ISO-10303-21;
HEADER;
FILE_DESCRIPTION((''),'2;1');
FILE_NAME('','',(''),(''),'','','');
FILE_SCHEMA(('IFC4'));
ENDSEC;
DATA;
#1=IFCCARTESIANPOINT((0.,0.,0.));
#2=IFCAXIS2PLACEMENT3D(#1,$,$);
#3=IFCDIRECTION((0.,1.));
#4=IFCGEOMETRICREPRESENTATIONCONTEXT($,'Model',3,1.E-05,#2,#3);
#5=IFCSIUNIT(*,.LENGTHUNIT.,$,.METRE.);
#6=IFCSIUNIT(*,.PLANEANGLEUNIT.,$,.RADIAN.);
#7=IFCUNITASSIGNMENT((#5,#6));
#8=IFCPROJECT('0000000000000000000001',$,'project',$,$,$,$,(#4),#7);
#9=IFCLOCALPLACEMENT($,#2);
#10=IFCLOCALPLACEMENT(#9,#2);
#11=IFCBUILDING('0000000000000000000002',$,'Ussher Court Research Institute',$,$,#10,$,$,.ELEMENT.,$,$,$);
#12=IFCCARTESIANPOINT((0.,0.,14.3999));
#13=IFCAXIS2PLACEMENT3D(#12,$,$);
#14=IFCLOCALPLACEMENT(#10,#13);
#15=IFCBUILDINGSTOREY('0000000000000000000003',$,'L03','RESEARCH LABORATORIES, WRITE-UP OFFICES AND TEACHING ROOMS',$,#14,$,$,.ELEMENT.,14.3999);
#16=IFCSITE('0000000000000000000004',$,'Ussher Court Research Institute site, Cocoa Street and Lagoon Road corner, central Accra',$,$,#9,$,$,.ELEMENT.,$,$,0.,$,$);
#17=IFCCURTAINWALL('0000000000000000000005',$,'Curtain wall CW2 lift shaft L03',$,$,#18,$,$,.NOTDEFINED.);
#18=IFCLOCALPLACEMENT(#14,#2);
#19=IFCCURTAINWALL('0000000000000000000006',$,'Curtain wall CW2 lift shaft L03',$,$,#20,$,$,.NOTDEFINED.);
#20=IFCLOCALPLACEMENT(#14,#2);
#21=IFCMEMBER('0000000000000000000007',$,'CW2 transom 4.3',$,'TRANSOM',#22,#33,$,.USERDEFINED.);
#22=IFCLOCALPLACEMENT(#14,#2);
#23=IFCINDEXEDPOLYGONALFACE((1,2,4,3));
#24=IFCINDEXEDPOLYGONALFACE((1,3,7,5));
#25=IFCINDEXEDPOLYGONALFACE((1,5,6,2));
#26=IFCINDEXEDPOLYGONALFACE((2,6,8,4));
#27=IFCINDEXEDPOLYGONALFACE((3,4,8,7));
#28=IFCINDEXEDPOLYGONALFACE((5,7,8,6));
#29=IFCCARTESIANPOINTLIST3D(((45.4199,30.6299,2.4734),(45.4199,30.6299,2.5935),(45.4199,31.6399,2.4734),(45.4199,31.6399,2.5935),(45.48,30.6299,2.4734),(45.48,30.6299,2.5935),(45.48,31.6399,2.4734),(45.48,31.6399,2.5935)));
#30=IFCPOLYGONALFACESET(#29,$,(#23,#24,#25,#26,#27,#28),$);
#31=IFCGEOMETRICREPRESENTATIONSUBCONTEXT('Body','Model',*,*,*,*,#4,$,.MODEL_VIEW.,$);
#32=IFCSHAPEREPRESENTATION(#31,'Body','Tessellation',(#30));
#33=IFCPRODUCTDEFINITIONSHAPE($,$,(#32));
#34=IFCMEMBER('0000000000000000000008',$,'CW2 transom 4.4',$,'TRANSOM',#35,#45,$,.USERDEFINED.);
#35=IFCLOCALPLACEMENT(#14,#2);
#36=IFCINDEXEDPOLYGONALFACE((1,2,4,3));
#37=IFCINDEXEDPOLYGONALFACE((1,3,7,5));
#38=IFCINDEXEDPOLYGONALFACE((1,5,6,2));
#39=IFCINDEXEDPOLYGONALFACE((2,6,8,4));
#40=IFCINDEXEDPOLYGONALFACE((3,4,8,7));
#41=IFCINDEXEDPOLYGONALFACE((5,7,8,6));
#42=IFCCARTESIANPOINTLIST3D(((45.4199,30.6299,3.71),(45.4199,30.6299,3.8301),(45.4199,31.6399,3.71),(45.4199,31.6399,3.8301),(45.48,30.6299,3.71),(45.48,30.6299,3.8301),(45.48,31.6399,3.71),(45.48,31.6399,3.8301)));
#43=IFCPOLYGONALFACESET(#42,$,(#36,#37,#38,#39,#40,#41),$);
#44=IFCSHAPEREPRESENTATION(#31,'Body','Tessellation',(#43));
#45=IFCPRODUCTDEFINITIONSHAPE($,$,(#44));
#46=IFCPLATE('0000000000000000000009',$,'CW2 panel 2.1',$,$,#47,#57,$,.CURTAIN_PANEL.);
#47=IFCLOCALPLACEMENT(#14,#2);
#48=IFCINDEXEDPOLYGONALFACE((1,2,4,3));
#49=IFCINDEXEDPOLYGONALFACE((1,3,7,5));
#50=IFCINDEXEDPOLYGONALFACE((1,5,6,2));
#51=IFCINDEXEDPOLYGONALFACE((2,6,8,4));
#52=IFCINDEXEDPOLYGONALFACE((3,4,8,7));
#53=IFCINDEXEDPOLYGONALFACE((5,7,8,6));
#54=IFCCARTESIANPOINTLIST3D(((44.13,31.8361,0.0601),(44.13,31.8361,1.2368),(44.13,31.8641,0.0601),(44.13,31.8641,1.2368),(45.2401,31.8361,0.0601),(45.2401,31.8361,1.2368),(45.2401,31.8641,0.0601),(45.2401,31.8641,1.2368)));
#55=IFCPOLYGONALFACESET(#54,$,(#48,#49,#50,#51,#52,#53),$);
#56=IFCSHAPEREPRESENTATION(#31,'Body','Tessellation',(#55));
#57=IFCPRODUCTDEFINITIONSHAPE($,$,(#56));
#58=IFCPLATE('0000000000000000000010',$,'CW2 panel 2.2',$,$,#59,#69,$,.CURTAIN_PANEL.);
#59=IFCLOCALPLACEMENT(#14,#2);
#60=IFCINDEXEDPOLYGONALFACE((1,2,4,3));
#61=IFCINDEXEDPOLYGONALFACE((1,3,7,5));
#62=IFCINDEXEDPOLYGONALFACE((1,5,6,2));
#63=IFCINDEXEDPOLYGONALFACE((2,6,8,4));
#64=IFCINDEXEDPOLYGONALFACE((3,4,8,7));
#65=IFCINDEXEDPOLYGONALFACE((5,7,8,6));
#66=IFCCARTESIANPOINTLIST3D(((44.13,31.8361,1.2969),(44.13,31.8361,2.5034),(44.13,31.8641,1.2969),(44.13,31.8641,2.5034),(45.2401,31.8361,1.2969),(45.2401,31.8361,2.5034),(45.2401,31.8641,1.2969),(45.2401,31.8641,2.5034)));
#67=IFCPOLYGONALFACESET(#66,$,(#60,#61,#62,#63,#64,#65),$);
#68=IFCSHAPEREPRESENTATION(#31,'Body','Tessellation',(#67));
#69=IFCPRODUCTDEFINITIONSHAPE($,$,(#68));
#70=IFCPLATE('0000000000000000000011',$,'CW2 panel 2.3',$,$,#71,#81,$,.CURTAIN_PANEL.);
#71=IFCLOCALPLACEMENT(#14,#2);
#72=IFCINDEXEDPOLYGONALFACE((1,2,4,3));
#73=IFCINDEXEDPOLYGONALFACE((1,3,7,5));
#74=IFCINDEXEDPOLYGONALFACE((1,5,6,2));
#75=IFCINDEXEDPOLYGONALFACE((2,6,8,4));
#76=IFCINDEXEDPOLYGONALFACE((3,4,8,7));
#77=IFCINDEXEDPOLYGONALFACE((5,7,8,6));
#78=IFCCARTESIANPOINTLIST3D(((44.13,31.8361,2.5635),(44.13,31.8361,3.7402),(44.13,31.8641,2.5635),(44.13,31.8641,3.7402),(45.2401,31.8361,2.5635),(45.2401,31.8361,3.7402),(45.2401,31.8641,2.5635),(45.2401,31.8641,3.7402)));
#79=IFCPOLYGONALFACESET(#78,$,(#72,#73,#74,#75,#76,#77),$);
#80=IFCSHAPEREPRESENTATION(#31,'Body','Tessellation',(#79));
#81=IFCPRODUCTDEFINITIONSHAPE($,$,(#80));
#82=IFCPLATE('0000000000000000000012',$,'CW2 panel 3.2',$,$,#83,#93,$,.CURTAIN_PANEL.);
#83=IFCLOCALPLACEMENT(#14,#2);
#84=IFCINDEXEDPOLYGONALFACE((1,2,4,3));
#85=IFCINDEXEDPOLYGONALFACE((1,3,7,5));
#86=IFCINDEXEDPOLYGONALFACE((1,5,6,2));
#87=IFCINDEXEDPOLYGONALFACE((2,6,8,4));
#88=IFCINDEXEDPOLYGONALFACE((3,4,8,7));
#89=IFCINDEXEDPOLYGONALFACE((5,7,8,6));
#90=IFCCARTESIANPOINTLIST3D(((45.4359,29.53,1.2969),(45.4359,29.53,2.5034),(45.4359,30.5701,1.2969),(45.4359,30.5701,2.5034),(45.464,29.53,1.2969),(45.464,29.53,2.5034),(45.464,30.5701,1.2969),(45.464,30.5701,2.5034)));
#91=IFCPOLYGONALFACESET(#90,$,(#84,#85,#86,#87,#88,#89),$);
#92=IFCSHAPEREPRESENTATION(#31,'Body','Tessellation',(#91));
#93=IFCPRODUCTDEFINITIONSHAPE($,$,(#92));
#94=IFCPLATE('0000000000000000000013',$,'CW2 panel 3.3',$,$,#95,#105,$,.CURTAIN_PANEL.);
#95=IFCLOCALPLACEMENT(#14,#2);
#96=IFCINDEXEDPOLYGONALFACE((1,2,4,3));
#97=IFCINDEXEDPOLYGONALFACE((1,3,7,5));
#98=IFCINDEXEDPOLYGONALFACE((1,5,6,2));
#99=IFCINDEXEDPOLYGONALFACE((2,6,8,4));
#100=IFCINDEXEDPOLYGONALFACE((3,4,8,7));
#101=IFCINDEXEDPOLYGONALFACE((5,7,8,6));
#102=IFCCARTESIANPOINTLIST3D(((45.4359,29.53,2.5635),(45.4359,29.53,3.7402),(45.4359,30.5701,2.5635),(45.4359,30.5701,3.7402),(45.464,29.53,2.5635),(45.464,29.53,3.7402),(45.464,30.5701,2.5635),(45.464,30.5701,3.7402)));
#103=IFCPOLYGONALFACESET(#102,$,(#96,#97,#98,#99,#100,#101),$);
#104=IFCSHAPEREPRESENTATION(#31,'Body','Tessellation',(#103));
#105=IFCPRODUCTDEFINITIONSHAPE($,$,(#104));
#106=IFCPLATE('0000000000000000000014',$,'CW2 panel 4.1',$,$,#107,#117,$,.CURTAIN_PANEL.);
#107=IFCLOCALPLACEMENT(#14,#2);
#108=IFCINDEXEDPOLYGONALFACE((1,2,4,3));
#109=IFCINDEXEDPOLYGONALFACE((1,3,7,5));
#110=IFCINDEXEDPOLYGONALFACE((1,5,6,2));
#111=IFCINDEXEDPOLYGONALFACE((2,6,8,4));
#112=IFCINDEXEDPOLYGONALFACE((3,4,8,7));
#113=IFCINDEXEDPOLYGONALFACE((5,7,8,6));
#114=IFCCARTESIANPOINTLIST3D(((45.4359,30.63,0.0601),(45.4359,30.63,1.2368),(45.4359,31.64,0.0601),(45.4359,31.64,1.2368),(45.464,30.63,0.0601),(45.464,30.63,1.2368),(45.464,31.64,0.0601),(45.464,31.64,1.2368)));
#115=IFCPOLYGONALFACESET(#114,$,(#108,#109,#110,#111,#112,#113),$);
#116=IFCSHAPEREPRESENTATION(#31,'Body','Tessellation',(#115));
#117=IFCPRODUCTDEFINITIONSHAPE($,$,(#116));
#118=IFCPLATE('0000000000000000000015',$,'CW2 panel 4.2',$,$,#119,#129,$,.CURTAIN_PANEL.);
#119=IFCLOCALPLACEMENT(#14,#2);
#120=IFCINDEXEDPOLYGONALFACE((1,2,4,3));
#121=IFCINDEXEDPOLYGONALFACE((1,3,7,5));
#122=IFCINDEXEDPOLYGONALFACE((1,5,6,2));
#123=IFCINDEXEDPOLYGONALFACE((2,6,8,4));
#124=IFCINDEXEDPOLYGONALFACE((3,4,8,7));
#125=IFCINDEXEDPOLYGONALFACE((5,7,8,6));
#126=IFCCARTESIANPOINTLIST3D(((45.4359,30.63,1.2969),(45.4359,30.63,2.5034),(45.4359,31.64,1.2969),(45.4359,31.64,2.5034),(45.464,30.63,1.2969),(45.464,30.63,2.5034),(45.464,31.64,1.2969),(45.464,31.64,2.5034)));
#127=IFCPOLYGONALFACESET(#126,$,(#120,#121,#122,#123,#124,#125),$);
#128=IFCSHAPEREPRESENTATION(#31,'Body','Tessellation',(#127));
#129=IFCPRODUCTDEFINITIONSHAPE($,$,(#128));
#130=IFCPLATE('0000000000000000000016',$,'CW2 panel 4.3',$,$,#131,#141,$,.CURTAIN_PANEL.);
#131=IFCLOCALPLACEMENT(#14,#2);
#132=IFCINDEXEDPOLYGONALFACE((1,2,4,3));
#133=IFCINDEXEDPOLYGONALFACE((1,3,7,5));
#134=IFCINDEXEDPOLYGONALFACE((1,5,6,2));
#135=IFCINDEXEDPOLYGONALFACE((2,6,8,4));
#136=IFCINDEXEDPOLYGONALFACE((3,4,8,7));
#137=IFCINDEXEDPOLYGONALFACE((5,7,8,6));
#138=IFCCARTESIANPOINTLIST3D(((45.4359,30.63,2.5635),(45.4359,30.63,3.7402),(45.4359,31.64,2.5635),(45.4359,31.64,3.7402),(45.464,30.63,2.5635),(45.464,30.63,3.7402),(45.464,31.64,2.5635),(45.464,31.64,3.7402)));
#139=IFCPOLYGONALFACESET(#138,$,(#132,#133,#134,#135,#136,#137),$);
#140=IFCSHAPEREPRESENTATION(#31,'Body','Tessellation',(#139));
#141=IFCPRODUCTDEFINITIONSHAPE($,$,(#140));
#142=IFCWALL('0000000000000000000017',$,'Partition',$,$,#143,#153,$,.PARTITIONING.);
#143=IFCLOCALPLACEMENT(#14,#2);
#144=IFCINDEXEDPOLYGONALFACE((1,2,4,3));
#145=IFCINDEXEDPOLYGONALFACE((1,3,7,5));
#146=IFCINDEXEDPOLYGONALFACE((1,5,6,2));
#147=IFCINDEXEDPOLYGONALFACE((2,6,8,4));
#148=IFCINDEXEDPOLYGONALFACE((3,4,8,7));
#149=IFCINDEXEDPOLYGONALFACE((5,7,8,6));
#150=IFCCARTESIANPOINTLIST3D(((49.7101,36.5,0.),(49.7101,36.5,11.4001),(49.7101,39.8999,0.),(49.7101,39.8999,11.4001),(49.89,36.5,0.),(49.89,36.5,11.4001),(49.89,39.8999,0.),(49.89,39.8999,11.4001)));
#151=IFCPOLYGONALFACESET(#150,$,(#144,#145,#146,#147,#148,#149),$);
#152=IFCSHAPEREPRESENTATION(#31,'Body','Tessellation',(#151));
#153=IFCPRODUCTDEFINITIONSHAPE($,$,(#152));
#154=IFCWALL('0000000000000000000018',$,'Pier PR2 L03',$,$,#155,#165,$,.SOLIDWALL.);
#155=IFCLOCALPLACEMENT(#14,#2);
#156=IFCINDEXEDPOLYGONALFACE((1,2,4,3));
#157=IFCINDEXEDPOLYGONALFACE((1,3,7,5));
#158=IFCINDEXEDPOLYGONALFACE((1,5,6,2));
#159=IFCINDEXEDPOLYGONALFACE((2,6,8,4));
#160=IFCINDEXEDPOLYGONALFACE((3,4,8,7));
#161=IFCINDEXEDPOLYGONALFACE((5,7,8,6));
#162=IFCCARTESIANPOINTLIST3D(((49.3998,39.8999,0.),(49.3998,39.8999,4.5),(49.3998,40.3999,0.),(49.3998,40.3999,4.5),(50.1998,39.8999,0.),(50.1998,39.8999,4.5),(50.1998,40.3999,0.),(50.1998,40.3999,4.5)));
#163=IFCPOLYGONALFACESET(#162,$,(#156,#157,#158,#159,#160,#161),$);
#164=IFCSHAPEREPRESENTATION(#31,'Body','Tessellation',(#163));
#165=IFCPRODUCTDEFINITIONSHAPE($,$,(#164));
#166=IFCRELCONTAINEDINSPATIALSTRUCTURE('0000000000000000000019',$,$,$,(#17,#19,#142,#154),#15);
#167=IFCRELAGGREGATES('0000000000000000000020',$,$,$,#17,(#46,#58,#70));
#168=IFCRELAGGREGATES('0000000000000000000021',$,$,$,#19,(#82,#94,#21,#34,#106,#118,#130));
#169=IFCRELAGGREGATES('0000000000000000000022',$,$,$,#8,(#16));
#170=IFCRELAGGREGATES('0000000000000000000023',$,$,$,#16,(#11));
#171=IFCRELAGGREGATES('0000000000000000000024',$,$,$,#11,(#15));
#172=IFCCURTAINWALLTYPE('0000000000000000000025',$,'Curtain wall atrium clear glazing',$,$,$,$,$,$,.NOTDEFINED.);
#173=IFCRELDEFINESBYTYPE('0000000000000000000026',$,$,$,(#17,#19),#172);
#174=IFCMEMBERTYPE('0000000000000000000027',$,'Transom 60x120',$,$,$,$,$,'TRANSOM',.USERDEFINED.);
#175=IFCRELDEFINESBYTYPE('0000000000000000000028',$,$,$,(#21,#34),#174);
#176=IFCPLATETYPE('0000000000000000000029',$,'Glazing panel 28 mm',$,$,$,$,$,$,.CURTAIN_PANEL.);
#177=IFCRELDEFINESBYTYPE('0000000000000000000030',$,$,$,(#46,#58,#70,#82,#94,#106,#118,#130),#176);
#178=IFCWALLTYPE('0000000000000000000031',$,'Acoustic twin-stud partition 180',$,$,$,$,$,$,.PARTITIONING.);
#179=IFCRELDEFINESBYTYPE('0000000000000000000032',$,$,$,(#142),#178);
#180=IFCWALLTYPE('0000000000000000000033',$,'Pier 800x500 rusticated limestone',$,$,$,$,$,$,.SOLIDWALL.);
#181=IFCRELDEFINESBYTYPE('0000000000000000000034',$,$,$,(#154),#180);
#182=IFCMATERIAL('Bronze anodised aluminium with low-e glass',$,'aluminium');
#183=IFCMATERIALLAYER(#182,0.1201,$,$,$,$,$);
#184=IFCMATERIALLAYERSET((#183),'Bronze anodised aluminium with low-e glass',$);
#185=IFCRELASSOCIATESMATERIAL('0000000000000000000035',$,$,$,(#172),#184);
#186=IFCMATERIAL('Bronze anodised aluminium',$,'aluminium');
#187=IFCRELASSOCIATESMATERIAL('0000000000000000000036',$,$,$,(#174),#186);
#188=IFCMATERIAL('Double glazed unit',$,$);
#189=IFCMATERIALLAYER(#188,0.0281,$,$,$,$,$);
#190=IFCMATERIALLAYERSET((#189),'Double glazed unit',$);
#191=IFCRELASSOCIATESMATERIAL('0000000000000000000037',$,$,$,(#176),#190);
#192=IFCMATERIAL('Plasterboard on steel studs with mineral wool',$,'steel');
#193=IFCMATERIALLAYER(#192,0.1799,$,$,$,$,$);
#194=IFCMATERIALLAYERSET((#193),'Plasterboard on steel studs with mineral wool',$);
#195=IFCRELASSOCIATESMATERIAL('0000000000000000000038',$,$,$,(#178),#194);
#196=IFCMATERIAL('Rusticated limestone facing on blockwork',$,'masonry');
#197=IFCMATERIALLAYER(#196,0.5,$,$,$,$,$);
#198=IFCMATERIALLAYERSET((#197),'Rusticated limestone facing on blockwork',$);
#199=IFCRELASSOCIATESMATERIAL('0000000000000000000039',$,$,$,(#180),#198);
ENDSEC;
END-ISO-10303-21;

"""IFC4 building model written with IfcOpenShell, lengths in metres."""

from ifc_helpers import new_model, si_unit, direction, frame, frame_2d, origin, origin_2d, place, context, subcontext, project, spatial, rectangle, extrude, material, layer, layer_set, material_profile, profile_set, type_object, element, aggregate, save


model = new_model("IFC4")

# Units and contexts
model_context = context("Model", 3, precision=1e-05, world=origin(), true_north=direction((0.0, 1.0)))
body_context = subcontext(model_context, "Body", "Model", "MODEL_VIEW")
ifc_project = project(units=[si_unit("LENGTHUNIT", "METRE"), si_unit("PLANEANGLEUNIT", "RADIAN")], contexts=[model_context])

# Site, building, storey
site_placement = place(None, origin())
site = spatial("IfcSite", under=ifc_project, at=site_placement, Name="Ussher Court Research Institute site, Cocoa Street and Lagoon Road corner, central Accra", CompositionType="ELEMENT", RefElevation=0.0)
building_placement = place(site_placement, origin())
building = spatial("IfcBuilding", under=site, at=building_placement, Name="Ussher Court Research Institute", CompositionType="ELEMENT")
storey_placement = place(building_placement, frame((0.0, 0.0, 14.3999)))
storey = spatial("IfcBuildingStorey", under=building, at=storey_placement, Name="L03", Description="RESEARCH LABORATORIES, WRITE-UP OFFICES AND TEACHING ROOMS", CompositionType="ELEMENT", Elevation=14.3999)

# Curtain walls
ifc_material_1 = material(Name="Bronze anodised aluminium with low-e glass", Category="aluminium")
ifc_layer_1 = layer(ifc_material_1, 0.1201)
ifc_layer_set_1 = layer_set([ifc_layer_1], Name="Bronze anodised aluminium with low-e glass")
curtain_wall_type = type_object("IfcCurtainWallType", Name="Curtain wall atrium clear glazing", PredefinedType="NOTDEFINED", material=ifc_layer_set_1)
curtain_wall_1_placement = place(storey_placement, origin())
curtain_wall_1 = element("IfcCurtainWall", 1, at=curtain_wall_1_placement, inside=storey, type_object=curtain_wall_type, Name="Curtain wall CW2 lift shaft L03", PredefinedType="NOTDEFINED")
curtain_wall_2_placement = place(storey_placement, origin())
curtain_wall_2 = element("IfcCurtainWall", 2, at=curtain_wall_2_placement, inside=storey, type_object=curtain_wall_type, Name="Curtain wall CW2 lift shaft L03", PredefinedType="NOTDEFINED")

# Members
ifc_material_2 = material(Name="Bronze anodised aluminium", Category="aluminium")
ifc_material_profile_1 = material_profile(ifc_material_2, rectangle(XDim=0.0601, YDim=0.1201, at=origin_2d()), Name="Transom 60x120")
ifc_profile_set_1 = profile_set([ifc_material_profile_1], Name="Bronze anodised aluminium")
member_type_1 = type_object("IfcMemberType", Name="Transom 60x120", ElementType="TRANSOM", PredefinedType="USERDEFINED", material=ifc_profile_set_1)
member_1_placement = place(storey_placement, frame((45.45, 30.6299, 2.5334), z_axis=(0.0, 1.0, 0.0), x_axis=(-1.0, 0.0, 0.0)))
member_1 = element("IfcMember", 3, at=member_1_placement, type_object=member_type_1, Name="CW2 transom 4.3", ObjectType="TRANSOM", PredefinedType="USERDEFINED", context=body_context, shape_type="SweptSolid", body=[
    extrude(rectangle(XDim=0.0601, YDim=0.1201, at=origin_2d()), origin(), (0.0, 0.0, 1.0), 1.01),
])
member_2_placement = place(storey_placement, frame((45.45, 30.6299, 3.77), z_axis=(0.0, 1.0, 0.0), x_axis=(-1.0, 0.0, 0.0)))
member_2 = element("IfcMember", 4, at=member_2_placement, type_object=member_type_1, Name="CW2 transom 4.4", ObjectType="TRANSOM", PredefinedType="USERDEFINED", context=body_context, shape_type="SweptSolid", body=[
    extrude(rectangle(XDim=0.0601, YDim=0.1201, at=origin_2d()), origin(), (0.0, 0.0, 1.0), 1.01),
])

# Plates
ifc_material_3 = material(Name="Double glazed unit")
ifc_layer_2 = layer(ifc_material_3, 0.0281)
ifc_layer_set_2 = layer_set([ifc_layer_2], Name="Double glazed unit")
plate_type = type_object("IfcPlateType", Name="Glazing panel 28 mm", PredefinedType="CURTAIN_PANEL", material=ifc_layer_set_2)
plate_1_placement = place(storey_placement, frame((44.6851, 31.8501, 0.0601), z_axis=(0.0, 0.0, 1.0), x_axis=(1.0, 0.0, 0.0)))
plate_1 = element("IfcPlate", 5, at=plate_1_placement, type_object=plate_type, Name="CW2 panel 2.1", PredefinedType="CURTAIN_PANEL", context=body_context, shape_type="SweptSolid", body=[
    extrude(rectangle(XDim=1.1101, YDim=0.0281, at=origin_2d()), origin(), (0.0, 0.0, 1.0), 1.1768),
])
plate_2_placement = place(storey_placement, frame((44.6851, 31.8501, 1.2969), z_axis=(0.0, 0.0, 1.0), x_axis=(1.0, 0.0, 0.0)))
plate_2 = element("IfcPlate", 6, at=plate_2_placement, type_object=plate_type, Name="CW2 panel 2.2", PredefinedType="CURTAIN_PANEL", context=body_context, shape_type="SweptSolid", body=[
    extrude(rectangle(XDim=1.1101, YDim=0.0281, at=origin_2d()), origin(), (0.0, 0.0, 1.0), 1.2065),
])
plate_3_placement = place(storey_placement, frame((44.6851, 31.8501, 2.5635), z_axis=(0.0, 0.0, 1.0), x_axis=(1.0, 0.0, 0.0)))
plate_3 = element("IfcPlate", 7, at=plate_3_placement, type_object=plate_type, Name="CW2 panel 2.3", PredefinedType="CURTAIN_PANEL", context=body_context, shape_type="SweptSolid", body=[
    extrude(rectangle(XDim=1.1101, YDim=0.0281, at=origin_2d()), origin(), (0.0, 0.0, 1.0), 1.1768),
])
aggregate(curtain_wall_1, [plate_1, plate_2, plate_3])
plate_4_placement = place(storey_placement, frame((45.45, 30.05, 1.2969), z_axis=(0.0, 0.0, 1.0), x_axis=(0.0, 1.0, 0.0)))
plate_4 = element("IfcPlate", 8, at=plate_4_placement, type_object=plate_type, Name="CW2 panel 3.2", PredefinedType="CURTAIN_PANEL", context=body_context, shape_type="SweptSolid", body=[
    extrude(rectangle(XDim=1.04, YDim=0.0281, at=origin_2d()), origin(), (0.0, 0.0, 1.0), 1.2065),
])
plate_5_placement = place(storey_placement, frame((45.45, 30.05, 2.5635), z_axis=(0.0, 0.0, 1.0), x_axis=(0.0, 1.0, 0.0)))
plate_5 = element("IfcPlate", 9, at=plate_5_placement, type_object=plate_type, Name="CW2 panel 3.3", PredefinedType="CURTAIN_PANEL", context=body_context, shape_type="SweptSolid", body=[
    extrude(rectangle(XDim=1.04, YDim=0.0281, at=origin_2d()), origin(), (0.0, 0.0, 1.0), 1.1768),
])
plate_6_placement = place(storey_placement, frame((45.45, 31.135, 0.0601), z_axis=(0.0, 0.0, 1.0), x_axis=(0.0, 1.0, 0.0)))
plate_6 = element("IfcPlate", 10, at=plate_6_placement, type_object=plate_type, Name="CW2 panel 4.1", PredefinedType="CURTAIN_PANEL", context=body_context, shape_type="SweptSolid", body=[
    extrude(rectangle(XDim=1.01, YDim=0.0281, at=origin_2d()), origin(), (0.0, 0.0, 1.0), 1.1768),
])
plate_7_placement = place(storey_placement, frame((45.45, 31.135, 1.2969), z_axis=(0.0, 0.0, 1.0), x_axis=(0.0, 1.0, 0.0)))
plate_7 = element("IfcPlate", 11, at=plate_7_placement, type_object=plate_type, Name="CW2 panel 4.2", PredefinedType="CURTAIN_PANEL", context=body_context, shape_type="SweptSolid", body=[
    extrude(rectangle(XDim=1.01, YDim=0.0281, at=origin_2d()), origin(), (0.0, 0.0, 1.0), 1.2065),
])
plate_8_placement = place(storey_placement, frame((45.45, 31.135, 2.5635), z_axis=(0.0, 0.0, 1.0), x_axis=(0.0, 1.0, 0.0)))
plate_8 = element("IfcPlate", 12, at=plate_8_placement, type_object=plate_type, Name="CW2 panel 4.3", PredefinedType="CURTAIN_PANEL", context=body_context, shape_type="SweptSolid", body=[
    extrude(rectangle(XDim=1.01, YDim=0.0281, at=origin_2d()), origin(), (0.0, 0.0, 1.0), 1.1768),
])
aggregate(curtain_wall_2, [plate_4, plate_5, member_1, member_2, plate_6, plate_7, plate_8])

# Walls
ifc_material_4 = material(Name="Plasterboard on steel studs with mineral wool", Category="steel")
ifc_layer_3 = layer(ifc_material_4, 0.1799)
ifc_layer_set_3 = layer_set([ifc_layer_3], Name="Plasterboard on steel studs with mineral wool")
wall_type_1 = type_object("IfcWallType", Name="Acoustic twin-stud partition 180", PredefinedType="PARTITIONING", material=ifc_layer_set_3)
wall_1_placement = place(storey_placement, frame((49.8, 36.5, 0.0), z_axis=(0.0, 0.0, 1.0), x_axis=(0.0, 1.0, 0.0)))
element("IfcWall", 13, at=wall_1_placement, inside=storey, type_object=wall_type_1, Name="Partition", PredefinedType="PARTITIONING", context=body_context, shape_type="SweptSolid", body=[
    extrude(rectangle(XDim=3.3999, YDim=0.1799, at=frame_2d((1.7, 0.0))), origin(), (0.0, 0.0, 1.0), 11.4001),
])
ifc_material_5 = material(Name="Rusticated limestone facing on blockwork", Category="masonry")
ifc_layer_4 = layer(ifc_material_5, 0.5)
ifc_layer_set_4 = layer_set([ifc_layer_4], Name="Rusticated limestone facing on blockwork")
wall_type_2 = type_object("IfcWallType", Name="Pier 800x500 rusticated limestone", PredefinedType="SOLIDWALL", material=ifc_layer_set_4)
wall_2_placement = place(storey_placement, frame((49.3999, 40.1499, 0.0), z_axis=(0.0, 0.0, 1.0), x_axis=(1.0, 0.0, 0.0)))
element("IfcWall", 14, at=wall_2_placement, inside=storey, type_object=wall_type_2, Name="Pier PR2 L03", PredefinedType="SOLIDWALL", context=body_context, shape_type="SweptSolid", body=[
    extrude(rectangle(XDim=0.8, YDim=0.5, at=frame_2d((0.3999, 0.0))), origin(), (0.0, 0.0, 1.0), 4.5),
])

save(model, "model.ifc")
